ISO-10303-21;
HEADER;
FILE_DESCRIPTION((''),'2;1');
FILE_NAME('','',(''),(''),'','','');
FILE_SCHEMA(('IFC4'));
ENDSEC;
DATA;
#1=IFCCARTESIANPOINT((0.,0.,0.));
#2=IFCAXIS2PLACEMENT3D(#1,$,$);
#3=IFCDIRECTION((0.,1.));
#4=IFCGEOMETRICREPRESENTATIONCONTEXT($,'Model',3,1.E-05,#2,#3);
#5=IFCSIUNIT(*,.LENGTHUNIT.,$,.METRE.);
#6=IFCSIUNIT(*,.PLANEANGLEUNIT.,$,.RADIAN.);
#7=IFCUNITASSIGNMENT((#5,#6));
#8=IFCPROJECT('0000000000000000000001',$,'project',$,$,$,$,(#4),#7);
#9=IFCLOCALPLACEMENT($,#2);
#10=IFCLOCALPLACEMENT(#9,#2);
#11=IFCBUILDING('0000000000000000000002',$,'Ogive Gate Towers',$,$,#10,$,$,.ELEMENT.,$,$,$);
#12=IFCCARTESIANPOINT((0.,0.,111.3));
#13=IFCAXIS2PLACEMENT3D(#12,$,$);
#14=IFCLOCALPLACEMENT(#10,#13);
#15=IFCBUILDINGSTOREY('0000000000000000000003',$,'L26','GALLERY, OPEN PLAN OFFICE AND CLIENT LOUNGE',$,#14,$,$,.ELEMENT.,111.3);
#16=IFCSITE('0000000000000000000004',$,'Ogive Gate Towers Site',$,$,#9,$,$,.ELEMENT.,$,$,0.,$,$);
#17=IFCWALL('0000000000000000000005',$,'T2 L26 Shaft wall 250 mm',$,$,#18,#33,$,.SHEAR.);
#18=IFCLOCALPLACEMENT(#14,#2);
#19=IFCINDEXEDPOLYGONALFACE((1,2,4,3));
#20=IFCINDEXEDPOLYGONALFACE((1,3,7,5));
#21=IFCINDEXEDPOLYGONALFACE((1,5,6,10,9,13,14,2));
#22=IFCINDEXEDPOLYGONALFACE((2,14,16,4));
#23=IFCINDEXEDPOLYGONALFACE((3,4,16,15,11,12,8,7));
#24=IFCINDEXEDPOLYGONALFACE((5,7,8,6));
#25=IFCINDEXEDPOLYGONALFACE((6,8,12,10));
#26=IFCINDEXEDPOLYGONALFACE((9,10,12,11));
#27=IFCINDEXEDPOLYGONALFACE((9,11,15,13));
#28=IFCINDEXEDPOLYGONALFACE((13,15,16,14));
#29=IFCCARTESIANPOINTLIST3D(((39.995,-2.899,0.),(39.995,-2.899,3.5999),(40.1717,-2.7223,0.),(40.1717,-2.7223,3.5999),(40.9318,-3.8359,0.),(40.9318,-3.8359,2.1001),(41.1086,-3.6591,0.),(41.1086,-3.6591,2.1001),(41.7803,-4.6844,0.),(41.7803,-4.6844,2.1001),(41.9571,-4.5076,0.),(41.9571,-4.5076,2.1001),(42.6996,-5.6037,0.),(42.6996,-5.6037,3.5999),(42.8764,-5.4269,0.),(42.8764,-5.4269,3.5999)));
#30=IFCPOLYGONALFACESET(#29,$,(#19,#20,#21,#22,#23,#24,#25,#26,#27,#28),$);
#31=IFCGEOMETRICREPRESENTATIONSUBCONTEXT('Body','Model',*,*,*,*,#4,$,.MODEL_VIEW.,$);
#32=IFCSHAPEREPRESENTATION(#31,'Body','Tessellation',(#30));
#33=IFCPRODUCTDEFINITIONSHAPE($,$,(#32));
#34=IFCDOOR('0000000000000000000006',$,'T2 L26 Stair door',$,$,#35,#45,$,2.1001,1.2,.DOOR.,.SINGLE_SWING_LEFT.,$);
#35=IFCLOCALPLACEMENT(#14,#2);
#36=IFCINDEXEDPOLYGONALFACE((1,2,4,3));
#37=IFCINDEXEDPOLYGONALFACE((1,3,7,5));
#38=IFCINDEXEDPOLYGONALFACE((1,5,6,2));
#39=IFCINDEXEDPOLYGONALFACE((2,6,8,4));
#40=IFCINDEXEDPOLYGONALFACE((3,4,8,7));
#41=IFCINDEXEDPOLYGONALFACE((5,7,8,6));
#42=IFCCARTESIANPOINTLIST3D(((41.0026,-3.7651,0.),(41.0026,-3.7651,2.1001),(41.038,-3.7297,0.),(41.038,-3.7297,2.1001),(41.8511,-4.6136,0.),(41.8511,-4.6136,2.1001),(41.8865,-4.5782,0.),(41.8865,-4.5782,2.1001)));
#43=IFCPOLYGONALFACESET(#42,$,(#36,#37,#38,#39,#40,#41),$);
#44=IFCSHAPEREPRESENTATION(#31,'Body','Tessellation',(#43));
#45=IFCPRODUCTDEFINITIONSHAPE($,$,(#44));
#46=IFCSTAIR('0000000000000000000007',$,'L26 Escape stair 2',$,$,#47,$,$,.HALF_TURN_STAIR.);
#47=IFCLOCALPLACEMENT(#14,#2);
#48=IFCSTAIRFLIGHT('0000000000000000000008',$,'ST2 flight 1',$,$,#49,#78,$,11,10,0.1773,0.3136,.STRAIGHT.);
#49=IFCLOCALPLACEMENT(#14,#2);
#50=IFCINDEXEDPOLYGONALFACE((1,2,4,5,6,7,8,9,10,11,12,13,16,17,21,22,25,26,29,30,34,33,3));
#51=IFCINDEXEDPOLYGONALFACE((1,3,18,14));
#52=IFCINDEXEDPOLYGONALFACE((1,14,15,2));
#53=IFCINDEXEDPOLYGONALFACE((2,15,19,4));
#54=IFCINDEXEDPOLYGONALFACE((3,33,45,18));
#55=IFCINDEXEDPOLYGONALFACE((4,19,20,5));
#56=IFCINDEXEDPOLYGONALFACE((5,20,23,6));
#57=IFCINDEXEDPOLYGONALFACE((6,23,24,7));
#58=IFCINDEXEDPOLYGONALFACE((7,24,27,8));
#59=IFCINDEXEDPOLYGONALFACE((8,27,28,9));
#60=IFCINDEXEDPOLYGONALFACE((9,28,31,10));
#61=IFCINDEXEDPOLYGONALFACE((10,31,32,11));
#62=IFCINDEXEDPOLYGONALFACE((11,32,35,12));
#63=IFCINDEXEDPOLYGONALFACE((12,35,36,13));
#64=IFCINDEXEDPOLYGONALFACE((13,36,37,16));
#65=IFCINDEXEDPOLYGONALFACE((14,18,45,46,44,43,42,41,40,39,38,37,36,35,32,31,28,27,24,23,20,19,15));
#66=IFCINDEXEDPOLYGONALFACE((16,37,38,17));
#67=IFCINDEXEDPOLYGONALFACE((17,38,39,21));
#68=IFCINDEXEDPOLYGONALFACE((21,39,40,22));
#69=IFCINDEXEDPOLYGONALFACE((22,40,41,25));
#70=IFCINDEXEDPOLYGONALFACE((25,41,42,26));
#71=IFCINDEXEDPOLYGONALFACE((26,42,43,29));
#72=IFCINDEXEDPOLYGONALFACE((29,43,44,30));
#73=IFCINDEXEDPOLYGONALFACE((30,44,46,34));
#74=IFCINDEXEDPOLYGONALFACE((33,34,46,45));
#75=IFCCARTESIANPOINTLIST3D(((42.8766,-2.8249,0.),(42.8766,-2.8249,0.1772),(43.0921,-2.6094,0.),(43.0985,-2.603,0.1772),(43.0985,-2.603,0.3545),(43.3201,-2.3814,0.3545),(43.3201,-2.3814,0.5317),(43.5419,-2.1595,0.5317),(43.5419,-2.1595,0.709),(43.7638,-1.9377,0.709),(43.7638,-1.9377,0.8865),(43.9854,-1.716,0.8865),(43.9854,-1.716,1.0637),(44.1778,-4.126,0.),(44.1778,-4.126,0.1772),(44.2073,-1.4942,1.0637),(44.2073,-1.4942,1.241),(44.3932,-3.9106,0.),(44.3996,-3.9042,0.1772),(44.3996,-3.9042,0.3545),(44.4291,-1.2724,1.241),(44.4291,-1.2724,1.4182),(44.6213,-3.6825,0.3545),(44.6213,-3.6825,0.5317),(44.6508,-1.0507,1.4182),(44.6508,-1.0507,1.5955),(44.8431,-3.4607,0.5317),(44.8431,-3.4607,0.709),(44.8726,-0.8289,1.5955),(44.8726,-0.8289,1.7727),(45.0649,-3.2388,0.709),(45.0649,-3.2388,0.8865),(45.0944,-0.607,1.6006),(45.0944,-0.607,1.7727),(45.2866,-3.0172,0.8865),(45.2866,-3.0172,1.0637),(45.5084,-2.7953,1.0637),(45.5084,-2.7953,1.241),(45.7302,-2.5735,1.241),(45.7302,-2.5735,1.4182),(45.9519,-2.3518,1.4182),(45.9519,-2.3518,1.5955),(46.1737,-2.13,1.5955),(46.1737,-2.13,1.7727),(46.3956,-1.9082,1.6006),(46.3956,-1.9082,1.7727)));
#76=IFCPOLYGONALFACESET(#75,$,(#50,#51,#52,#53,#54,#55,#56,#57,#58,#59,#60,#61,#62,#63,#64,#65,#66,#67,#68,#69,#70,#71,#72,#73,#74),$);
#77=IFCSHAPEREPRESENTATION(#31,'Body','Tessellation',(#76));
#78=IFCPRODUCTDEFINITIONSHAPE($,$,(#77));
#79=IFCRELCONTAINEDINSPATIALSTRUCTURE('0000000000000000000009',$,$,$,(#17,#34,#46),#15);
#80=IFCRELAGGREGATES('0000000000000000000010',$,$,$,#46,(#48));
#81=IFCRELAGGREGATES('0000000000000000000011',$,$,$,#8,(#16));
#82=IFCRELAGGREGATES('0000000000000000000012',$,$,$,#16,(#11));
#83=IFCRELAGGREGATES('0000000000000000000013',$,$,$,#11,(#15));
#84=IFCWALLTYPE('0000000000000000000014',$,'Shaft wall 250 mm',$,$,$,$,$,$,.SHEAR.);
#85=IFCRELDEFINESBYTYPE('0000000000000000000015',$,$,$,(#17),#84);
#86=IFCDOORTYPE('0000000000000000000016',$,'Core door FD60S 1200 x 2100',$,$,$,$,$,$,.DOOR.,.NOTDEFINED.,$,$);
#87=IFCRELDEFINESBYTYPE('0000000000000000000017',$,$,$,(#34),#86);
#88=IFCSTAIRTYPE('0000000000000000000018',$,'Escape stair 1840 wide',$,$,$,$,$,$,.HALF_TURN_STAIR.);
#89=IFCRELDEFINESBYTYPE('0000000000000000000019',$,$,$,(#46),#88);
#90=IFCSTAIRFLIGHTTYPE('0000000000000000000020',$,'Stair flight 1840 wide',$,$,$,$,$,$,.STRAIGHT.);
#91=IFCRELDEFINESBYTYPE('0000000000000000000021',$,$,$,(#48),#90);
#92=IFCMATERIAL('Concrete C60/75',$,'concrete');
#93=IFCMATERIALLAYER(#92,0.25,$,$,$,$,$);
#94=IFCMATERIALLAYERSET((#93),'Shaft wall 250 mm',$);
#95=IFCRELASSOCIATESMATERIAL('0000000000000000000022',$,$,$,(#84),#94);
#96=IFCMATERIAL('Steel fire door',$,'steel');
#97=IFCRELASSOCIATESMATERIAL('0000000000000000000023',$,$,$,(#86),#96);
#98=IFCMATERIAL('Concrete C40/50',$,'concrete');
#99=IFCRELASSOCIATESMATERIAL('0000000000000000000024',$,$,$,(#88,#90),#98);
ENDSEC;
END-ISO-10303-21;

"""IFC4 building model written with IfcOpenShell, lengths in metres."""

from ifc_helpers import new_model, si_unit, direction, frame, frame_2d, origin, place, context, subcontext, project, spatial, polyline, rectangle, outline, extrude, material, layer, layer_set, type_object, element, fill, aggregate, save


model = new_model("IFC4")

# Units and contexts
model_context = context("Model", 3, precision=1e-05, world=origin(), true_north=direction((0.0, 1.0)))
body_context = subcontext(model_context, "Body", "Model", "MODEL_VIEW")
ifc_project = project(units=[si_unit("LENGTHUNIT", "METRE"), si_unit("PLANEANGLEUNIT", "RADIAN")], contexts=[model_context])

# Site, building, storey
site_placement = place(None, origin())
site = spatial("IfcSite", under=ifc_project, at=site_placement, Name="Ogive Gate Towers Site", CompositionType="ELEMENT", RefElevation=0.0)
building_placement = place(site_placement, origin())
building = spatial("IfcBuilding", under=site, at=building_placement, Name="Ogive Gate Towers", CompositionType="ELEMENT")
storey_placement = place(building_placement, frame((0.0, 0.0, 111.3)))
storey = spatial("IfcBuildingStorey", under=building, at=storey_placement, Name="L26", Description="GALLERY, OPEN PLAN OFFICE AND CLIENT LOUNGE", CompositionType="ELEMENT", Elevation=111.3)

# Shared definitions
ifc_material_1 = material(Name="Concrete C60/75", Category="concrete")
ifc_layer_1 = layer(ifc_material_1, 0.25)
ifc_layer_set_1 = layer_set([ifc_layer_1], Name="Shaft wall 250 mm")
wall_type_1 = type_object("IfcWallType", Name="Shaft wall 250 mm", PredefinedType="SHEAR", material=ifc_layer_set_1)

# Wall, opening, door
wall_1_placement = place(storey_placement, frame((42.7881, -5.5154, 0.0), z_axis=(0.0, 0.0, 1.0), x_axis=(-0.707107, 0.707107, 0.0)))
wall_1 = element("IfcWall", 1, at=wall_1_placement, inside=storey, type_object=wall_type_1, Name="T2 L26 Shaft wall 250 mm", PredefinedType="SHEAR", context=body_context, shape_type="SweptSolid", body=[
    extrude(rectangle(XDim=3.825, YDim=0.25, at=frame_2d((1.9126, 0.0))), origin(), (0.0, 0.0, 1.0), 3.5999),
])
opening_1_placement = place(wall_1_placement, frame((1.3, 0.0, 0.0)))
opening_1 = element("IfcOpeningElement", 2, at=opening_1_placement, cuts=wall_1, PredefinedType="OPENING", context=body_context, shape_type="SweptSolid", body=[
    extrude(rectangle(XDim=1.2, YDim=2.1001, at=frame_2d((0.6001, 1.05))), frame((0.0, 0.135, 0.0), z_axis=(0.0, -1.0, 0.0), x_axis=(1.0, 0.0, 0.0)), (0.0, 0.0, 1.0), 0.27),
])
ifc_material_2 = material(Name="Steel fire door", Category="steel")
door_type_1 = type_object("IfcDoorType", Name="Core door FD60S 1200 x 2100", OperationType="NOTDEFINED", PredefinedType="DOOR", material=ifc_material_2)
door_1_placement = place(opening_1_placement, origin())
door_1 = element("IfcDoor", 3, at=door_1_placement, inside=storey, type_object=door_type_1, Name="T2 L26 Stair door", OperationType="SINGLE_SWING_LEFT", OverallHeight=2.1001, OverallWidth=1.2, PredefinedType="DOOR", context=body_context, shape_type="SweptSolid", body=[
    extrude(rectangle(XDim=1.2, YDim=2.1001, at=frame_2d((0.6001, 1.05))), frame((0.0, 0.0249, 0.0), z_axis=(0.0, -1.0, 0.0), x_axis=(1.0, 0.0, 0.0)), (0.0, 0.0, 1.0), 0.05),
])
fill(opening_1, door_1)

# Stair, stair flight
ifc_material_3 = material(Name="Concrete C40/50", Category="concrete")
stair_type = type_object("IfcStairType", Name="Escape stair 1840 wide", PredefinedType="HALF_TURN_STAIR", material=ifc_material_3)
stair_placement = place(storey_placement, origin())
stair = element("IfcStair", 4, at=stair_placement, inside=storey, type_object=stair_type, Name="L26 Escape stair 2", PredefinedType="HALF_TURN_STAIR")
stair_flight_type = type_object("IfcStairFlightType", Name="Stair flight 1840 wide", PredefinedType="STRAIGHT", material=ifc_material_3)
stair_flight_placement = place(storey_placement, frame((43.5271, -3.4753, 0.0), z_axis=(0.0, 0.0, 1.0), x_axis=(0.707107, 0.707107, 0.0)))
stair_flight = element("IfcStairFlight", 5, at=stair_flight_placement, type_object=stair_flight_type, Name="ST2 flight 1", NumberOfRisers=11, NumberOfTreads=10, PredefinedType="STRAIGHT", RiserHeight=0.1773, TreadLength=0.3136, context=body_context, shape_type="SweptSolid", body=[
    extrude(outline(polyline([(0.0, 0.0), (0.0, 0.1772), (0.3137, 0.1772), (0.3137, 0.3545), (0.6272, 0.3545), (0.6272, 0.5317), (0.9409, 0.5317), (0.9409, 0.709), (1.2546, 0.709), (1.2546, 0.8865), (1.5681, 0.8865), (1.5681, 1.0637), (1.8818, 1.0637), (1.8818, 1.241), (2.1956, 1.241), (2.1956, 1.4182), (2.509, 1.4182), (2.509, 1.5955), (2.8228, 1.5955), (2.8228, 1.7727), (3.1365, 1.7727), (3.1365, 1.95), (3.1365, 1.6006), (0.3047, 0.0), (0.0, 0.0)])), frame((0.0, 0.9199, 0.0), z_axis=(0.0, -1.0, 0.0), x_axis=(1.0, 0.0, 0.0)), (0.0, 0.0, 1.0), 1.8401),
])
aggregate(stair, [stair_flight])

save(model, "model.ifc")
